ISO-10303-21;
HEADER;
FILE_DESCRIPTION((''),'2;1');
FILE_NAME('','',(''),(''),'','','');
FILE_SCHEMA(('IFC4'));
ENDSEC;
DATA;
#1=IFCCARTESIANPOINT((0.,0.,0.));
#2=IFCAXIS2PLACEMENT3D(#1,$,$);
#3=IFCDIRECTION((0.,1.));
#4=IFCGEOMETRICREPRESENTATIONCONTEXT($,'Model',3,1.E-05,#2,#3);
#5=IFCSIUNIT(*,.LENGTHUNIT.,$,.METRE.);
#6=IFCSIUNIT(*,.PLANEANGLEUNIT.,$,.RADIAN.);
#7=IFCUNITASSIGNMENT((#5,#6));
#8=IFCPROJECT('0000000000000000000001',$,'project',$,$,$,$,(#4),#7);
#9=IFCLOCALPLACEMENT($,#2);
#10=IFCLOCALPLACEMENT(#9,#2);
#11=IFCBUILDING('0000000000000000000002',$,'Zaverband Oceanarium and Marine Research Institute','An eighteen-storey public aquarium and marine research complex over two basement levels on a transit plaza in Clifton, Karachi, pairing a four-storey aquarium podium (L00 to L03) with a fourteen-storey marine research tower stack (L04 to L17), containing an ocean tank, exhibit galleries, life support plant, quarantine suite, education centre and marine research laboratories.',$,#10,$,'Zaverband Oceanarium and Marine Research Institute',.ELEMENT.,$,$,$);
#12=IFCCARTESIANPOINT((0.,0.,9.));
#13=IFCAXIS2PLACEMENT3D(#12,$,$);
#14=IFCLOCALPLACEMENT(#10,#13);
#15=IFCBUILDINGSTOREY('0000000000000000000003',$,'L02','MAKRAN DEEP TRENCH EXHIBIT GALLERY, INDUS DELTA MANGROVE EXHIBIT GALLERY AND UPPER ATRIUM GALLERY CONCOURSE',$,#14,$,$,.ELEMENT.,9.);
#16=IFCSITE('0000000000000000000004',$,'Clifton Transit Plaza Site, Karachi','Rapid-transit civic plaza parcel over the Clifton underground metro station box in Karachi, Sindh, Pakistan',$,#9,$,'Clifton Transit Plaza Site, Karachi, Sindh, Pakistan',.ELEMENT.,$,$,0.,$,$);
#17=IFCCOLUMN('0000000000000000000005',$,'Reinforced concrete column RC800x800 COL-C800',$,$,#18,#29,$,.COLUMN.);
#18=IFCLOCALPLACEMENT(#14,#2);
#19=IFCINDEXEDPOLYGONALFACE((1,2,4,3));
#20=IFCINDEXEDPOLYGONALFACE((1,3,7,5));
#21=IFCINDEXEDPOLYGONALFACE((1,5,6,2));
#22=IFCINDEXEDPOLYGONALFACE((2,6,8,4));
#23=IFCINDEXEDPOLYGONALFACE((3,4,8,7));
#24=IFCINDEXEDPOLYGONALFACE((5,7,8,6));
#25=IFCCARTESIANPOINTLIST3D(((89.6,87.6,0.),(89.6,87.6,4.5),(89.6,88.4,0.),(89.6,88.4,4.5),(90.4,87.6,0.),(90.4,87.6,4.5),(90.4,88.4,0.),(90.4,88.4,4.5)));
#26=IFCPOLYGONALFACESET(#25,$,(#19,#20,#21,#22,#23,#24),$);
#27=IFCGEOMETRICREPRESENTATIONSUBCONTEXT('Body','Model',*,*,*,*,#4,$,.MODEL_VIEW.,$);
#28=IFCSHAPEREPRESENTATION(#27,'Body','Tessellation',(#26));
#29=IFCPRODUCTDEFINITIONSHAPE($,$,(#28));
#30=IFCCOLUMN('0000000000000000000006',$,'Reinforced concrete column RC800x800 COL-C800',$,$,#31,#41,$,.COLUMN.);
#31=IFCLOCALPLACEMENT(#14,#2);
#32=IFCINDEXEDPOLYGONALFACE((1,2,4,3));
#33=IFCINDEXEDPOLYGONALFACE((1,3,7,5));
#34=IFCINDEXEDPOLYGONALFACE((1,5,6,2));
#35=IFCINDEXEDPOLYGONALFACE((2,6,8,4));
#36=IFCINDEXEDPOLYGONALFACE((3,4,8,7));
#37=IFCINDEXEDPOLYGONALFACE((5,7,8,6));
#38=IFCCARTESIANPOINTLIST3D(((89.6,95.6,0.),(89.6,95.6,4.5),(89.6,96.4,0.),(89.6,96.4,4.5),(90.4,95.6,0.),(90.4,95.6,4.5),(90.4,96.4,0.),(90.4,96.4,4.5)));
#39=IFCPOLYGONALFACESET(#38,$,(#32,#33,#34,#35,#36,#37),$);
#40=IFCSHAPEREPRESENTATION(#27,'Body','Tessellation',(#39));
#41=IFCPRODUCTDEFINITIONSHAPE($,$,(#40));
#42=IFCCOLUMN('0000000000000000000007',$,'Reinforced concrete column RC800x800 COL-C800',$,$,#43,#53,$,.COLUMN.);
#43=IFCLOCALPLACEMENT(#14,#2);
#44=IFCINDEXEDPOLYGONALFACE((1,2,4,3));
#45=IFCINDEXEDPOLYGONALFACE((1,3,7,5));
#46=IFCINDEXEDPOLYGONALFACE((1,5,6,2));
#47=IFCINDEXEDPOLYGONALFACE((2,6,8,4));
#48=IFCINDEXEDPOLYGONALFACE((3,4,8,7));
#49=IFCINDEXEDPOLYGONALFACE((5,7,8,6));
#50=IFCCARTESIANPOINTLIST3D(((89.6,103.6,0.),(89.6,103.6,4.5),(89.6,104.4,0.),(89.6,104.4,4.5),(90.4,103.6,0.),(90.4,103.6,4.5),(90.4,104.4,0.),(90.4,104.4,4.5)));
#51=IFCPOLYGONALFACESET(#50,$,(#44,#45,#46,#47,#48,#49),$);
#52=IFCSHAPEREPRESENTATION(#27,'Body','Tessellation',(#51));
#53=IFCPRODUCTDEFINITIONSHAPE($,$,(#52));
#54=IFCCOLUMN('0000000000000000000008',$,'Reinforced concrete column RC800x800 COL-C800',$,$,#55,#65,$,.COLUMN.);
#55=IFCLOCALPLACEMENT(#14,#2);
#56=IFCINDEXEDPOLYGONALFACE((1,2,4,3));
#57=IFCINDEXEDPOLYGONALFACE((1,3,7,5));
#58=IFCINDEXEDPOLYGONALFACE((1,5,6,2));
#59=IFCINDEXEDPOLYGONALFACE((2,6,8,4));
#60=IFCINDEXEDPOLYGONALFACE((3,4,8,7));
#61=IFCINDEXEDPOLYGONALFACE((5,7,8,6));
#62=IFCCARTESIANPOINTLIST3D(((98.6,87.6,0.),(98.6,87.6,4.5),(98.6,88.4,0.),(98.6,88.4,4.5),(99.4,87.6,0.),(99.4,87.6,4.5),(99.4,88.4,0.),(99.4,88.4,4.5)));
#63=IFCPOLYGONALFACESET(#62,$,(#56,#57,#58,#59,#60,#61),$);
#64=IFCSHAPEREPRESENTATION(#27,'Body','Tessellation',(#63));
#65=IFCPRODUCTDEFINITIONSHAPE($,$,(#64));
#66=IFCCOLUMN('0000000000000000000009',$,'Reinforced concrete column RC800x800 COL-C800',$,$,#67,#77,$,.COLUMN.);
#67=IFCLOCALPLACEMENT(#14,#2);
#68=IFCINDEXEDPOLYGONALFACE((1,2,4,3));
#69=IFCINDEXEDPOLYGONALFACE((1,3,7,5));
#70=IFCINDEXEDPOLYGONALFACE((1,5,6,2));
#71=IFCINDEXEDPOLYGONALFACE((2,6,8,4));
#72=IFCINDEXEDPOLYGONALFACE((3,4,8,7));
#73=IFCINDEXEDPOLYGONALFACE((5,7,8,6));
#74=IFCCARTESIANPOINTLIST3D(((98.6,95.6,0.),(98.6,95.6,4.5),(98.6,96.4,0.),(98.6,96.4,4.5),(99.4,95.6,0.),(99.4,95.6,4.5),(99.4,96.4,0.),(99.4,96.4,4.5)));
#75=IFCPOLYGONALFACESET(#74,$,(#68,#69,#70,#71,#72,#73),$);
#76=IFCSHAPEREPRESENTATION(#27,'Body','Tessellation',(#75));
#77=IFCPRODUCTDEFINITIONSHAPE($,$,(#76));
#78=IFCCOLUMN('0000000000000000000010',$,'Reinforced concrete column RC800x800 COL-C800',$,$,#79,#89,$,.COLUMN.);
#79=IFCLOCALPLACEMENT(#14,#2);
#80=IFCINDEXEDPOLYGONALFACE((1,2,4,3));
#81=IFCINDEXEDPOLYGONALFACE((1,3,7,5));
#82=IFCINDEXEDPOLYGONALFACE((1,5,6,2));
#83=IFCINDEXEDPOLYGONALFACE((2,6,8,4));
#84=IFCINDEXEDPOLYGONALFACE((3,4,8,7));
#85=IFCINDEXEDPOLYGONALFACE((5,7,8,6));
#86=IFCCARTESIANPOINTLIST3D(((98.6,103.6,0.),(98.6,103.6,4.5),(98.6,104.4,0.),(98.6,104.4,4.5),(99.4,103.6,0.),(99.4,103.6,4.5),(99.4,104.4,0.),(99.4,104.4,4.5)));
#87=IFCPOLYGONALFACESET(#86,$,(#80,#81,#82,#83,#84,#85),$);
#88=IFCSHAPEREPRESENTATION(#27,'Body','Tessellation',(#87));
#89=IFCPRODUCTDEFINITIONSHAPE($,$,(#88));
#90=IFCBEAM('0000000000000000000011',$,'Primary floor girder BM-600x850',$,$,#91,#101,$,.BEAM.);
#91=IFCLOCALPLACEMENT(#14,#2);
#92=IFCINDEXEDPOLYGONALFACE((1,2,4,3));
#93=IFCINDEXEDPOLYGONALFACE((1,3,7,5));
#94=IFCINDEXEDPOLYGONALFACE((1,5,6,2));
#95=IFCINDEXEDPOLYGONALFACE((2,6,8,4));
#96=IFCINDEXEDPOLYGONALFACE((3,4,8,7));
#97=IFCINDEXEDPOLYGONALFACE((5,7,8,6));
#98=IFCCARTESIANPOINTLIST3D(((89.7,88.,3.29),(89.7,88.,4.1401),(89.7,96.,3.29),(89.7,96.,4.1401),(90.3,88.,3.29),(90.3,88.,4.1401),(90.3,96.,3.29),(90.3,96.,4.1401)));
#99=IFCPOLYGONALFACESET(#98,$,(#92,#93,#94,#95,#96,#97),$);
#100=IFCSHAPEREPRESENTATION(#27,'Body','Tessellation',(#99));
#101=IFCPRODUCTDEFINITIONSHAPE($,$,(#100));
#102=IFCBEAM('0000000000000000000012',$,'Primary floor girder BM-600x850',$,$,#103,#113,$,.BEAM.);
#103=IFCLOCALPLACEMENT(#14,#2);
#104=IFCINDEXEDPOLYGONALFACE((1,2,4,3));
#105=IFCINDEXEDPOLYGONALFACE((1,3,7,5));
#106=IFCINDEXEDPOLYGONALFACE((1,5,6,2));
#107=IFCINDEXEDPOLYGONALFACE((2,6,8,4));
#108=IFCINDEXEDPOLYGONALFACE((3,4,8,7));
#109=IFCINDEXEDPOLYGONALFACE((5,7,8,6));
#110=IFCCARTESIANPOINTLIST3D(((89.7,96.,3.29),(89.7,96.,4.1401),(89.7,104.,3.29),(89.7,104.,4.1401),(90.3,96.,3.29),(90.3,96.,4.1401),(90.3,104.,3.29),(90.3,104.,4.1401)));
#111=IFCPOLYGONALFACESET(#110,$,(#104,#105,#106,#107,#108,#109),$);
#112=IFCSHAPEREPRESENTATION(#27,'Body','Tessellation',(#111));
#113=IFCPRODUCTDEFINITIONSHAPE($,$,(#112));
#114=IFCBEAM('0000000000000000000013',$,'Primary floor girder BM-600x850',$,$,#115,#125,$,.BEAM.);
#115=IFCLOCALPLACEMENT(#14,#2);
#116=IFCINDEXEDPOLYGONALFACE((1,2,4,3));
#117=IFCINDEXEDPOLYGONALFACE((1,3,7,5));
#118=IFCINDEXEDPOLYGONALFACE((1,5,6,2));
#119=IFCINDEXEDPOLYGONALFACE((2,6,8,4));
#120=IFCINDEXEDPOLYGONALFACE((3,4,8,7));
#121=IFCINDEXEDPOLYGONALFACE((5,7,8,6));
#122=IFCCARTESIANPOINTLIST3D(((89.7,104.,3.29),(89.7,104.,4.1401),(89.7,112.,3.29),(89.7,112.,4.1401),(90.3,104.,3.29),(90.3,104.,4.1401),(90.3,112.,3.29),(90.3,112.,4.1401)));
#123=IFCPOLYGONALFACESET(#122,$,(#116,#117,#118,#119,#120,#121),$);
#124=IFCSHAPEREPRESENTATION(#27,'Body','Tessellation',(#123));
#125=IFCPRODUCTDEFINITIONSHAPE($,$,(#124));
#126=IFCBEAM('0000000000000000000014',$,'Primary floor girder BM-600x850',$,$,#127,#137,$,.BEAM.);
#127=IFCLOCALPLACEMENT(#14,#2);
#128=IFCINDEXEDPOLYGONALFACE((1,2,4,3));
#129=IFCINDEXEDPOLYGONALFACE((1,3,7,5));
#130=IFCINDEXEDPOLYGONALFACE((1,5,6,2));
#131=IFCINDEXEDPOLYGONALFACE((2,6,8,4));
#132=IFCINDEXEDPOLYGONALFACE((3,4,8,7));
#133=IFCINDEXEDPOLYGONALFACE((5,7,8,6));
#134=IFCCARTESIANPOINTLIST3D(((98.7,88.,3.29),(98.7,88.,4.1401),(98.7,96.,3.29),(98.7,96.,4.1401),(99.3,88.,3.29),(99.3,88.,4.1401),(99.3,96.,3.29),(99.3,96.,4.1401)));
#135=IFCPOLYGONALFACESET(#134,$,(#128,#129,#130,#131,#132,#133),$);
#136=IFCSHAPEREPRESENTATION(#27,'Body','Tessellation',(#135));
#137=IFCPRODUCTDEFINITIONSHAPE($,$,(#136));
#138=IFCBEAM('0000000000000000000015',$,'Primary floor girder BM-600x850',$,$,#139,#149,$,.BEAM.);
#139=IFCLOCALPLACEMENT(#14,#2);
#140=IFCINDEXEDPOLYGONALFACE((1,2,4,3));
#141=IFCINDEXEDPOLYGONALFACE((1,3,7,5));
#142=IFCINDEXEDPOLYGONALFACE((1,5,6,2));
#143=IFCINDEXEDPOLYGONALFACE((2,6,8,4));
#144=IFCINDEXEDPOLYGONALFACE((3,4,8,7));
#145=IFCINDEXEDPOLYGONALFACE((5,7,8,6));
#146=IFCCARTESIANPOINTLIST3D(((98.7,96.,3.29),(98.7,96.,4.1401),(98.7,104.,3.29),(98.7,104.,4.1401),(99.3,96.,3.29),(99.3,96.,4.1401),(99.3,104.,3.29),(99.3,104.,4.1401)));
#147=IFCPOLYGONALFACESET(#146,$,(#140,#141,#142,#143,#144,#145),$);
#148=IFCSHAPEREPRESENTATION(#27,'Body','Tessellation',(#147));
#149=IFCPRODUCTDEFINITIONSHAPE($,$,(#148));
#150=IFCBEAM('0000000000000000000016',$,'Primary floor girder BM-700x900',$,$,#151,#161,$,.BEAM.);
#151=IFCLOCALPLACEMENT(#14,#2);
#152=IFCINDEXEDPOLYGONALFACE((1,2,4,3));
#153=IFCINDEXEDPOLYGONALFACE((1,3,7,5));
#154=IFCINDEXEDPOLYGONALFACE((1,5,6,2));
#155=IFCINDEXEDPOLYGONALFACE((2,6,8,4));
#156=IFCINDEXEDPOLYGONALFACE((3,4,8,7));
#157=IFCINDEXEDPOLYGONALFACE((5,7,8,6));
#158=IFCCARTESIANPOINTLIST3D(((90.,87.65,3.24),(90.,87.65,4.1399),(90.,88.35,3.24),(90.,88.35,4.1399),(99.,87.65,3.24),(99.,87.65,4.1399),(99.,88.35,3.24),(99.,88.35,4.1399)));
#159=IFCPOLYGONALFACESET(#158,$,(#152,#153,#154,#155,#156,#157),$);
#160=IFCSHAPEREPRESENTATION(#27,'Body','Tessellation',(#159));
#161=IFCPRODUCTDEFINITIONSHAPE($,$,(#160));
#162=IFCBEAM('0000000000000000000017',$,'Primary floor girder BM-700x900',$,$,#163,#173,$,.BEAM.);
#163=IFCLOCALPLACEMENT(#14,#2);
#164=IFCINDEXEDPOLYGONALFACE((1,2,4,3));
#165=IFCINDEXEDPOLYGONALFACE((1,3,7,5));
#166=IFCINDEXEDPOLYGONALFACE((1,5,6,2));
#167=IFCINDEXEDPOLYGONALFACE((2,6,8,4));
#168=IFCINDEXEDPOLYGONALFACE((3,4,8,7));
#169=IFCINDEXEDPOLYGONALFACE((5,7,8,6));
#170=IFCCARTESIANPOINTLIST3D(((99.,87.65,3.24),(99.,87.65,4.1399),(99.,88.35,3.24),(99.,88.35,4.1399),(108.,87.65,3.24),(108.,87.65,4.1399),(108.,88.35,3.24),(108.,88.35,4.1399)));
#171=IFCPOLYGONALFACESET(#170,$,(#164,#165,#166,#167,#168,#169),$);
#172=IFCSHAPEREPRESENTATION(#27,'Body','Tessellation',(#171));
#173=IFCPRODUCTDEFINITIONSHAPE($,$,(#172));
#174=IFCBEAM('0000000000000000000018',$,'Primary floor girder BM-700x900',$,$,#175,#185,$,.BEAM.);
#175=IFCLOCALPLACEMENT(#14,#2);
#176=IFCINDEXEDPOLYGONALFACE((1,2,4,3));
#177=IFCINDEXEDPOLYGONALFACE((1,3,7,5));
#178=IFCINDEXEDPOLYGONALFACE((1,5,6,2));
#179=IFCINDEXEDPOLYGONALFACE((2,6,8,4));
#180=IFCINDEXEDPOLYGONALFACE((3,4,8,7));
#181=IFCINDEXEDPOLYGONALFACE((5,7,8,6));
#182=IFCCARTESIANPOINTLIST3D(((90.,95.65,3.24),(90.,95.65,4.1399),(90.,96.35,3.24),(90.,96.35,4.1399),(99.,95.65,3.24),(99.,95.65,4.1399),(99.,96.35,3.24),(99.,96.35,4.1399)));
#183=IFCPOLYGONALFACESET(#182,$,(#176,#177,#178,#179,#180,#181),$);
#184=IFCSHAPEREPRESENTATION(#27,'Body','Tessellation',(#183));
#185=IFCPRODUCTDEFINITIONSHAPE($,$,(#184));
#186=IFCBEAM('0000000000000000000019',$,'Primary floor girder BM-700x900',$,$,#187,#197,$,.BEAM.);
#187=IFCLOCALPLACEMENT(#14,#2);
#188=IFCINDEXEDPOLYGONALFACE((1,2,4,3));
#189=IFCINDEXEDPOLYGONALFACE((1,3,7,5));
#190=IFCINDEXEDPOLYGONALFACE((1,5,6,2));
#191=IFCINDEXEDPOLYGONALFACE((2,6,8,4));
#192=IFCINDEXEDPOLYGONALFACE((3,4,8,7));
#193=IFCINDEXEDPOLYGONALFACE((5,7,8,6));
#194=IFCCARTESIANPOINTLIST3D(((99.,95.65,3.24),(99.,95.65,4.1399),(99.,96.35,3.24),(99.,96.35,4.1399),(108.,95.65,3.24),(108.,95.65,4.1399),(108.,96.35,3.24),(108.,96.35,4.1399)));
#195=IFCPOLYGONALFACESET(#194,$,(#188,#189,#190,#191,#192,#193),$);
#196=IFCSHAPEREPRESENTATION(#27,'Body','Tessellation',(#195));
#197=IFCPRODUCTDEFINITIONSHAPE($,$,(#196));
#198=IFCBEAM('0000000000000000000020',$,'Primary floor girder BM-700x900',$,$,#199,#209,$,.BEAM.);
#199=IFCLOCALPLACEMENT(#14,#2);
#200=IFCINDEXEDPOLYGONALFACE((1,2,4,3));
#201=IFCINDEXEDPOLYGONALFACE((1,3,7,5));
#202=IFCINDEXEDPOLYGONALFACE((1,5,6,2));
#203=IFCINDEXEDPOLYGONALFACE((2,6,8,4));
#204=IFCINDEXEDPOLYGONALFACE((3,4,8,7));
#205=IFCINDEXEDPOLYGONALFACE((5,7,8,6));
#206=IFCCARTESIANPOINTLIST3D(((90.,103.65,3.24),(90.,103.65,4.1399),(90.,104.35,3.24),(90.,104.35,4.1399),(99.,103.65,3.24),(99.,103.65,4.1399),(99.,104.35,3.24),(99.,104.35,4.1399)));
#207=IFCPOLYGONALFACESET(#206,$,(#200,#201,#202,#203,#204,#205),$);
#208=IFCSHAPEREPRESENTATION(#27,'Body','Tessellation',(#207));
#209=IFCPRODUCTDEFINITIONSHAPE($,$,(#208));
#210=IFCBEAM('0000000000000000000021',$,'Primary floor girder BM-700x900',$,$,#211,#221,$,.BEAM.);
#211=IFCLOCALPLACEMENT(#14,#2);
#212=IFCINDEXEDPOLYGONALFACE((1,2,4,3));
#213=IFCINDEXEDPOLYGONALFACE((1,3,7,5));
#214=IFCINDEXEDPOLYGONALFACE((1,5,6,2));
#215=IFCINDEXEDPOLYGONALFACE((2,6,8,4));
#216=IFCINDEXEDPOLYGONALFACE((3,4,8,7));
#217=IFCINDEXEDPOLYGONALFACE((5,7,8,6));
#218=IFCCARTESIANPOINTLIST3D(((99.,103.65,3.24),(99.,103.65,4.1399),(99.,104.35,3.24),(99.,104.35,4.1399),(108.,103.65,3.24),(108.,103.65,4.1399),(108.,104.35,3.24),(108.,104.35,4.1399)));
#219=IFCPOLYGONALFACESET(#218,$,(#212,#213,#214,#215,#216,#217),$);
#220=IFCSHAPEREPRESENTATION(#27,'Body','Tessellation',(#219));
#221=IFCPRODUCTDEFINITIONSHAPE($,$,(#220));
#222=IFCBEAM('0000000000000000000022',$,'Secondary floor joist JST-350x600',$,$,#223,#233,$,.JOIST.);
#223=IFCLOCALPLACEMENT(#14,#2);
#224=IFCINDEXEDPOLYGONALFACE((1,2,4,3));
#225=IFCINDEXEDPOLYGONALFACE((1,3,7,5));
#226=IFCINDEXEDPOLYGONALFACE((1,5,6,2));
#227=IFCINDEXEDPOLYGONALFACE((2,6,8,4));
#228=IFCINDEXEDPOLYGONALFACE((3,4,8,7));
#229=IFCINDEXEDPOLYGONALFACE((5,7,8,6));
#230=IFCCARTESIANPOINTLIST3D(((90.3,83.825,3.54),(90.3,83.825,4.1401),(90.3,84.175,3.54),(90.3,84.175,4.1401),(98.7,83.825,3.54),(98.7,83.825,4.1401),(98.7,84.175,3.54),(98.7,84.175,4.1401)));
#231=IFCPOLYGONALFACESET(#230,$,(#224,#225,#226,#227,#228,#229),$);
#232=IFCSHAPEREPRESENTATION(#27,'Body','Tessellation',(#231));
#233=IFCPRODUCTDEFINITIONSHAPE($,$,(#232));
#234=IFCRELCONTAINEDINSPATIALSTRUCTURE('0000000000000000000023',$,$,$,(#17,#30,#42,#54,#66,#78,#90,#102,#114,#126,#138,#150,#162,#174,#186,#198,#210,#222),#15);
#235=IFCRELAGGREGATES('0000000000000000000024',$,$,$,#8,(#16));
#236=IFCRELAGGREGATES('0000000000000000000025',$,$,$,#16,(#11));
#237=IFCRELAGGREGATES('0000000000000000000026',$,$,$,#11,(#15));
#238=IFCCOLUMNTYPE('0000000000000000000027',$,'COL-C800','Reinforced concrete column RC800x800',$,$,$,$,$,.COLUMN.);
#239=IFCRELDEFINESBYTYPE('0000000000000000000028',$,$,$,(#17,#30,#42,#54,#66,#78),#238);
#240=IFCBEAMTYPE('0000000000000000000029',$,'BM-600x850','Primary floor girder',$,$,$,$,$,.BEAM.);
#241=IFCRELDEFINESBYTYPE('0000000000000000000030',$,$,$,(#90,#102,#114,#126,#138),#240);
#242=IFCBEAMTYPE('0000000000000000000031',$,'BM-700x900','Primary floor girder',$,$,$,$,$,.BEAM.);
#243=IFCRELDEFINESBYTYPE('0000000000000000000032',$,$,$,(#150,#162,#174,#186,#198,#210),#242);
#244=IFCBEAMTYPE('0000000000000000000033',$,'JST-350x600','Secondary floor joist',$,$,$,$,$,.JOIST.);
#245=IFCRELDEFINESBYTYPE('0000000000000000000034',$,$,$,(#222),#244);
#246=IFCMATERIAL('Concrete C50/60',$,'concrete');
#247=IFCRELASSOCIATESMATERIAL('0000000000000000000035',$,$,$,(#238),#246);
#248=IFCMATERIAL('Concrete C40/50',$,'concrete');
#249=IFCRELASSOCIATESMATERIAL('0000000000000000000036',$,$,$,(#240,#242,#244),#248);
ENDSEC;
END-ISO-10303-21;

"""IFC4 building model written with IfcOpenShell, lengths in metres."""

from ifc_helpers import new_model, si_unit, direction, frame, origin, origin_2d, place, context, subcontext, project, spatial, rectangle, extrude, material, material_profile, profile_set, type_object, element, save


model = new_model("IFC4")

# Units and contexts
model_context = context("Model", 3, precision=1e-05, world=origin(), true_north=direction((0.0, 1.0)))
body_context = subcontext(model_context, "Body", "Model", "MODEL_VIEW")
ifc_project = project(units=[si_unit("LENGTHUNIT", "METRE"), si_unit("PLANEANGLEUNIT", "RADIAN")], contexts=[model_context])

# Site, building, storey
site_placement = place(None, origin())
site = spatial("IfcSite", under=ifc_project, at=site_placement, Name="Clifton Transit Plaza Site, Karachi", Description="Rapid-transit civic plaza parcel over the Clifton underground metro station box in Karachi, Sindh, Pakistan", LongName="Clifton Transit Plaza Site, Karachi, Sindh, Pakistan", CompositionType="ELEMENT", RefElevation=0.0)
building_placement = place(site_placement, origin())
building = spatial("IfcBuilding", under=site, at=building_placement, Name="Zaverband Oceanarium and Marine Research Institute", Description="An eighteen-storey public aquarium and marine research complex over two basement levels on a transit plaza in Clifton, Karachi, pairing a four-storey aquarium podium (L00 to L03) with a fourteen-storey marine research tower stack (L04 to L17), containing an ocean tank, exhibit galleries, life support plant, quarantine suite, education centre and marine research laboratories.", LongName="Zaverband Oceanarium and Marine Research Institute", CompositionType="ELEMENT")
storey_placement = place(building_placement, frame((0.0, 0.0, 9.0)))
storey = spatial("IfcBuildingStorey", under=building, at=storey_placement, Name="L02", Description="MAKRAN DEEP TRENCH EXHIBIT GALLERY, INDUS DELTA MANGROVE EXHIBIT GALLERY AND UPPER ATRIUM GALLERY CONCOURSE", CompositionType="ELEMENT", Elevation=9.0)

# Columns
ifc_material_1 = material(Name="Concrete C50/60", Category="concrete")
ifc_material_profile_1 = material_profile(ifc_material_1, rectangle(XDim=0.8, YDim=0.8, at=origin_2d()), Name="RC800x800")
ifc_profile_set_1 = profile_set([ifc_material_profile_1], Name="Concrete C50/60")
column_type = type_object("IfcColumnType", Name="COL-C800", Description="Reinforced concrete column RC800x800", PredefinedType="COLUMN", material=ifc_profile_set_1)
for number, where, z_axis, x_axis, name in (
    (1, (90.0, 88.0, 0.0), (0.0, 0.0, 1.0), (1.0, 0.0, 0.0), "Reinforced concrete column RC800x800 COL-C800"),
    (2, (90.0, 96.0, 0.0), (0.0, 0.0, 1.0), (1.0, 0.0, 0.0), "Reinforced concrete column RC800x800 COL-C800"),
    (3, (90.0, 104.0, 0.0), (0.0, 0.0, 1.0), (1.0, 0.0, 0.0), "Reinforced concrete column RC800x800 COL-C800"),
    (4, (99.0, 88.0, 0.0), (0.0, 0.0, 1.0), (1.0, 0.0, 0.0), "Reinforced concrete column RC800x800 COL-C800"),
    (5, (99.0, 96.0, 0.0), (0.0, 0.0, 1.0), (1.0, 0.0, 0.0), "Reinforced concrete column RC800x800 COL-C800"),
    (6, (99.0, 104.0, 0.0), (0.0, 0.0, 1.0), (1.0, 0.0, 0.0), "Reinforced concrete column RC800x800 COL-C800"),
):
    element("IfcColumn", number, at=place(storey_placement, frame(where, z_axis=z_axis, x_axis=x_axis)), inside=storey, type_object=column_type, Name=name, PredefinedType="COLUMN", context=body_context, shape_type="SweptSolid", body=[
        extrude(rectangle(XDim=0.8, YDim=0.8, at=origin_2d()), origin(), (0.0, 0.0, 1.0), 4.5),
    ])

# Beams
ifc_material_2 = material(Name="Concrete C40/50", Category="concrete")
ifc_material_profile_2 = material_profile(ifc_material_2, rectangle(XDim=0.6001, YDim=0.8501, at=origin_2d()), Name="RC600x850")
ifc_profile_set_2 = profile_set([ifc_material_profile_2], Name="Concrete C40/50")
beam_type_1 = type_object("IfcBeamType", Name="BM-600x850", Description="Primary floor girder", PredefinedType="BEAM", material=ifc_profile_set_2)
for number, where, z_axis, x_axis, name in (
    (7, (90.0, 88.0, 3.7151), (0.0, 1.0, 0.0), (-1.0, 0.0, 0.0), "Primary floor girder BM-600x850"),
    (8, (90.0, 96.0, 3.7151), (0.0, 1.0, 0.0), (-1.0, 0.0, 0.0), "Primary floor girder BM-600x850"),
    (9, (90.0, 104.0, 3.7151), (0.0, 1.0, 0.0), (-1.0, 0.0, 0.0), "Primary floor girder BM-600x850"),
    (10, (99.0, 88.0, 3.7151), (0.0, 1.0, 0.0), (-1.0, 0.0, 0.0), "Primary floor girder BM-600x850"),
    (11, (99.0, 96.0, 3.7151), (0.0, 1.0, 0.0), (-1.0, 0.0, 0.0), "Primary floor girder BM-600x850"),
):
    element("IfcBeam", number, at=place(storey_placement, frame(where, z_axis=z_axis, x_axis=x_axis)), inside=storey, type_object=beam_type_1, Name=name, PredefinedType="BEAM", context=body_context, shape_type="SweptSolid", body=[
        extrude(rectangle(XDim=0.6001, YDim=0.8501, at=origin_2d()), origin(), (0.0, 0.0, 1.0), 8.0),
    ])
ifc_material_profile_3 = material_profile(ifc_material_2, rectangle(XDim=0.7, YDim=0.8999, at=origin_2d()), Name="RC700x900")
ifc_profile_set_3 = profile_set([ifc_material_profile_3], Name="Concrete C40/50")
beam_type_2 = type_object("IfcBeamType", Name="BM-700x900", Description="Primary floor girder", PredefinedType="BEAM", material=ifc_profile_set_3)
for number, where, z_axis, x_axis, name in (
    (12, (90.0, 88.0, 3.6899), (1.0, 0.0, 0.0), (0.0, 1.0, 0.0), "Primary floor girder BM-700x900"),
    (13, (99.0, 88.0, 3.6899), (1.0, 0.0, 0.0), (0.0, 1.0, 0.0), "Primary floor girder BM-700x900"),
    (14, (90.0, 96.0, 3.6899), (1.0, 0.0, 0.0), (0.0, 1.0, 0.0), "Primary floor girder BM-700x900"),
    (15, (99.0, 96.0, 3.6899), (1.0, 0.0, 0.0), (0.0, 1.0, 0.0), "Primary floor girder BM-700x900"),
    (16, (90.0, 104.0, 3.6899), (1.0, 0.0, 0.0), (0.0, 1.0, 0.0), "Primary floor girder BM-700x900"),
    (17, (99.0, 104.0, 3.6899), (1.0, 0.0, 0.0), (0.0, 1.0, 0.0), "Primary floor girder BM-700x900"),
):
    element("IfcBeam", number, at=place(storey_placement, frame(where, z_axis=z_axis, x_axis=x_axis)), inside=storey, type_object=beam_type_2, Name=name, PredefinedType="BEAM", context=body_context, shape_type="SweptSolid", body=[
        extrude(rectangle(XDim=0.7, YDim=0.8999, at=origin_2d()), origin(), (0.0, 0.0, 1.0), 9.0),
    ])
ifc_material_profile_4 = material_profile(ifc_material_2, rectangle(XDim=0.3501, YDim=0.6001, at=origin_2d()), Name="RC350x600")
ifc_profile_set_4 = profile_set([ifc_material_profile_4], Name="Concrete C40/50")
beam_type_3 = type_object("IfcBeamType", Name="JST-350x600", Description="Secondary floor joist", PredefinedType="JOIST", material=ifc_profile_set_4)
for number, where, z_axis, x_axis, name in (
    (18, (90.3, 84.0, 3.8401), (1.0, 0.0, 0.0), (0.0, 1.0, 0.0), "Secondary floor joist JST-350x600"),
):
    element("IfcBeam", number, at=place(storey_placement, frame(where, z_axis=z_axis, x_axis=x_axis)), inside=storey, type_object=beam_type_3, Name=name, PredefinedType="JOIST", context=body_context, shape_type="SweptSolid", body=[
        extrude(rectangle(XDim=0.3501, YDim=0.6001, at=origin_2d()), origin(), (0.0, 0.0, 1.0), 8.3999),
    ])

save(model, "model.ifc")
